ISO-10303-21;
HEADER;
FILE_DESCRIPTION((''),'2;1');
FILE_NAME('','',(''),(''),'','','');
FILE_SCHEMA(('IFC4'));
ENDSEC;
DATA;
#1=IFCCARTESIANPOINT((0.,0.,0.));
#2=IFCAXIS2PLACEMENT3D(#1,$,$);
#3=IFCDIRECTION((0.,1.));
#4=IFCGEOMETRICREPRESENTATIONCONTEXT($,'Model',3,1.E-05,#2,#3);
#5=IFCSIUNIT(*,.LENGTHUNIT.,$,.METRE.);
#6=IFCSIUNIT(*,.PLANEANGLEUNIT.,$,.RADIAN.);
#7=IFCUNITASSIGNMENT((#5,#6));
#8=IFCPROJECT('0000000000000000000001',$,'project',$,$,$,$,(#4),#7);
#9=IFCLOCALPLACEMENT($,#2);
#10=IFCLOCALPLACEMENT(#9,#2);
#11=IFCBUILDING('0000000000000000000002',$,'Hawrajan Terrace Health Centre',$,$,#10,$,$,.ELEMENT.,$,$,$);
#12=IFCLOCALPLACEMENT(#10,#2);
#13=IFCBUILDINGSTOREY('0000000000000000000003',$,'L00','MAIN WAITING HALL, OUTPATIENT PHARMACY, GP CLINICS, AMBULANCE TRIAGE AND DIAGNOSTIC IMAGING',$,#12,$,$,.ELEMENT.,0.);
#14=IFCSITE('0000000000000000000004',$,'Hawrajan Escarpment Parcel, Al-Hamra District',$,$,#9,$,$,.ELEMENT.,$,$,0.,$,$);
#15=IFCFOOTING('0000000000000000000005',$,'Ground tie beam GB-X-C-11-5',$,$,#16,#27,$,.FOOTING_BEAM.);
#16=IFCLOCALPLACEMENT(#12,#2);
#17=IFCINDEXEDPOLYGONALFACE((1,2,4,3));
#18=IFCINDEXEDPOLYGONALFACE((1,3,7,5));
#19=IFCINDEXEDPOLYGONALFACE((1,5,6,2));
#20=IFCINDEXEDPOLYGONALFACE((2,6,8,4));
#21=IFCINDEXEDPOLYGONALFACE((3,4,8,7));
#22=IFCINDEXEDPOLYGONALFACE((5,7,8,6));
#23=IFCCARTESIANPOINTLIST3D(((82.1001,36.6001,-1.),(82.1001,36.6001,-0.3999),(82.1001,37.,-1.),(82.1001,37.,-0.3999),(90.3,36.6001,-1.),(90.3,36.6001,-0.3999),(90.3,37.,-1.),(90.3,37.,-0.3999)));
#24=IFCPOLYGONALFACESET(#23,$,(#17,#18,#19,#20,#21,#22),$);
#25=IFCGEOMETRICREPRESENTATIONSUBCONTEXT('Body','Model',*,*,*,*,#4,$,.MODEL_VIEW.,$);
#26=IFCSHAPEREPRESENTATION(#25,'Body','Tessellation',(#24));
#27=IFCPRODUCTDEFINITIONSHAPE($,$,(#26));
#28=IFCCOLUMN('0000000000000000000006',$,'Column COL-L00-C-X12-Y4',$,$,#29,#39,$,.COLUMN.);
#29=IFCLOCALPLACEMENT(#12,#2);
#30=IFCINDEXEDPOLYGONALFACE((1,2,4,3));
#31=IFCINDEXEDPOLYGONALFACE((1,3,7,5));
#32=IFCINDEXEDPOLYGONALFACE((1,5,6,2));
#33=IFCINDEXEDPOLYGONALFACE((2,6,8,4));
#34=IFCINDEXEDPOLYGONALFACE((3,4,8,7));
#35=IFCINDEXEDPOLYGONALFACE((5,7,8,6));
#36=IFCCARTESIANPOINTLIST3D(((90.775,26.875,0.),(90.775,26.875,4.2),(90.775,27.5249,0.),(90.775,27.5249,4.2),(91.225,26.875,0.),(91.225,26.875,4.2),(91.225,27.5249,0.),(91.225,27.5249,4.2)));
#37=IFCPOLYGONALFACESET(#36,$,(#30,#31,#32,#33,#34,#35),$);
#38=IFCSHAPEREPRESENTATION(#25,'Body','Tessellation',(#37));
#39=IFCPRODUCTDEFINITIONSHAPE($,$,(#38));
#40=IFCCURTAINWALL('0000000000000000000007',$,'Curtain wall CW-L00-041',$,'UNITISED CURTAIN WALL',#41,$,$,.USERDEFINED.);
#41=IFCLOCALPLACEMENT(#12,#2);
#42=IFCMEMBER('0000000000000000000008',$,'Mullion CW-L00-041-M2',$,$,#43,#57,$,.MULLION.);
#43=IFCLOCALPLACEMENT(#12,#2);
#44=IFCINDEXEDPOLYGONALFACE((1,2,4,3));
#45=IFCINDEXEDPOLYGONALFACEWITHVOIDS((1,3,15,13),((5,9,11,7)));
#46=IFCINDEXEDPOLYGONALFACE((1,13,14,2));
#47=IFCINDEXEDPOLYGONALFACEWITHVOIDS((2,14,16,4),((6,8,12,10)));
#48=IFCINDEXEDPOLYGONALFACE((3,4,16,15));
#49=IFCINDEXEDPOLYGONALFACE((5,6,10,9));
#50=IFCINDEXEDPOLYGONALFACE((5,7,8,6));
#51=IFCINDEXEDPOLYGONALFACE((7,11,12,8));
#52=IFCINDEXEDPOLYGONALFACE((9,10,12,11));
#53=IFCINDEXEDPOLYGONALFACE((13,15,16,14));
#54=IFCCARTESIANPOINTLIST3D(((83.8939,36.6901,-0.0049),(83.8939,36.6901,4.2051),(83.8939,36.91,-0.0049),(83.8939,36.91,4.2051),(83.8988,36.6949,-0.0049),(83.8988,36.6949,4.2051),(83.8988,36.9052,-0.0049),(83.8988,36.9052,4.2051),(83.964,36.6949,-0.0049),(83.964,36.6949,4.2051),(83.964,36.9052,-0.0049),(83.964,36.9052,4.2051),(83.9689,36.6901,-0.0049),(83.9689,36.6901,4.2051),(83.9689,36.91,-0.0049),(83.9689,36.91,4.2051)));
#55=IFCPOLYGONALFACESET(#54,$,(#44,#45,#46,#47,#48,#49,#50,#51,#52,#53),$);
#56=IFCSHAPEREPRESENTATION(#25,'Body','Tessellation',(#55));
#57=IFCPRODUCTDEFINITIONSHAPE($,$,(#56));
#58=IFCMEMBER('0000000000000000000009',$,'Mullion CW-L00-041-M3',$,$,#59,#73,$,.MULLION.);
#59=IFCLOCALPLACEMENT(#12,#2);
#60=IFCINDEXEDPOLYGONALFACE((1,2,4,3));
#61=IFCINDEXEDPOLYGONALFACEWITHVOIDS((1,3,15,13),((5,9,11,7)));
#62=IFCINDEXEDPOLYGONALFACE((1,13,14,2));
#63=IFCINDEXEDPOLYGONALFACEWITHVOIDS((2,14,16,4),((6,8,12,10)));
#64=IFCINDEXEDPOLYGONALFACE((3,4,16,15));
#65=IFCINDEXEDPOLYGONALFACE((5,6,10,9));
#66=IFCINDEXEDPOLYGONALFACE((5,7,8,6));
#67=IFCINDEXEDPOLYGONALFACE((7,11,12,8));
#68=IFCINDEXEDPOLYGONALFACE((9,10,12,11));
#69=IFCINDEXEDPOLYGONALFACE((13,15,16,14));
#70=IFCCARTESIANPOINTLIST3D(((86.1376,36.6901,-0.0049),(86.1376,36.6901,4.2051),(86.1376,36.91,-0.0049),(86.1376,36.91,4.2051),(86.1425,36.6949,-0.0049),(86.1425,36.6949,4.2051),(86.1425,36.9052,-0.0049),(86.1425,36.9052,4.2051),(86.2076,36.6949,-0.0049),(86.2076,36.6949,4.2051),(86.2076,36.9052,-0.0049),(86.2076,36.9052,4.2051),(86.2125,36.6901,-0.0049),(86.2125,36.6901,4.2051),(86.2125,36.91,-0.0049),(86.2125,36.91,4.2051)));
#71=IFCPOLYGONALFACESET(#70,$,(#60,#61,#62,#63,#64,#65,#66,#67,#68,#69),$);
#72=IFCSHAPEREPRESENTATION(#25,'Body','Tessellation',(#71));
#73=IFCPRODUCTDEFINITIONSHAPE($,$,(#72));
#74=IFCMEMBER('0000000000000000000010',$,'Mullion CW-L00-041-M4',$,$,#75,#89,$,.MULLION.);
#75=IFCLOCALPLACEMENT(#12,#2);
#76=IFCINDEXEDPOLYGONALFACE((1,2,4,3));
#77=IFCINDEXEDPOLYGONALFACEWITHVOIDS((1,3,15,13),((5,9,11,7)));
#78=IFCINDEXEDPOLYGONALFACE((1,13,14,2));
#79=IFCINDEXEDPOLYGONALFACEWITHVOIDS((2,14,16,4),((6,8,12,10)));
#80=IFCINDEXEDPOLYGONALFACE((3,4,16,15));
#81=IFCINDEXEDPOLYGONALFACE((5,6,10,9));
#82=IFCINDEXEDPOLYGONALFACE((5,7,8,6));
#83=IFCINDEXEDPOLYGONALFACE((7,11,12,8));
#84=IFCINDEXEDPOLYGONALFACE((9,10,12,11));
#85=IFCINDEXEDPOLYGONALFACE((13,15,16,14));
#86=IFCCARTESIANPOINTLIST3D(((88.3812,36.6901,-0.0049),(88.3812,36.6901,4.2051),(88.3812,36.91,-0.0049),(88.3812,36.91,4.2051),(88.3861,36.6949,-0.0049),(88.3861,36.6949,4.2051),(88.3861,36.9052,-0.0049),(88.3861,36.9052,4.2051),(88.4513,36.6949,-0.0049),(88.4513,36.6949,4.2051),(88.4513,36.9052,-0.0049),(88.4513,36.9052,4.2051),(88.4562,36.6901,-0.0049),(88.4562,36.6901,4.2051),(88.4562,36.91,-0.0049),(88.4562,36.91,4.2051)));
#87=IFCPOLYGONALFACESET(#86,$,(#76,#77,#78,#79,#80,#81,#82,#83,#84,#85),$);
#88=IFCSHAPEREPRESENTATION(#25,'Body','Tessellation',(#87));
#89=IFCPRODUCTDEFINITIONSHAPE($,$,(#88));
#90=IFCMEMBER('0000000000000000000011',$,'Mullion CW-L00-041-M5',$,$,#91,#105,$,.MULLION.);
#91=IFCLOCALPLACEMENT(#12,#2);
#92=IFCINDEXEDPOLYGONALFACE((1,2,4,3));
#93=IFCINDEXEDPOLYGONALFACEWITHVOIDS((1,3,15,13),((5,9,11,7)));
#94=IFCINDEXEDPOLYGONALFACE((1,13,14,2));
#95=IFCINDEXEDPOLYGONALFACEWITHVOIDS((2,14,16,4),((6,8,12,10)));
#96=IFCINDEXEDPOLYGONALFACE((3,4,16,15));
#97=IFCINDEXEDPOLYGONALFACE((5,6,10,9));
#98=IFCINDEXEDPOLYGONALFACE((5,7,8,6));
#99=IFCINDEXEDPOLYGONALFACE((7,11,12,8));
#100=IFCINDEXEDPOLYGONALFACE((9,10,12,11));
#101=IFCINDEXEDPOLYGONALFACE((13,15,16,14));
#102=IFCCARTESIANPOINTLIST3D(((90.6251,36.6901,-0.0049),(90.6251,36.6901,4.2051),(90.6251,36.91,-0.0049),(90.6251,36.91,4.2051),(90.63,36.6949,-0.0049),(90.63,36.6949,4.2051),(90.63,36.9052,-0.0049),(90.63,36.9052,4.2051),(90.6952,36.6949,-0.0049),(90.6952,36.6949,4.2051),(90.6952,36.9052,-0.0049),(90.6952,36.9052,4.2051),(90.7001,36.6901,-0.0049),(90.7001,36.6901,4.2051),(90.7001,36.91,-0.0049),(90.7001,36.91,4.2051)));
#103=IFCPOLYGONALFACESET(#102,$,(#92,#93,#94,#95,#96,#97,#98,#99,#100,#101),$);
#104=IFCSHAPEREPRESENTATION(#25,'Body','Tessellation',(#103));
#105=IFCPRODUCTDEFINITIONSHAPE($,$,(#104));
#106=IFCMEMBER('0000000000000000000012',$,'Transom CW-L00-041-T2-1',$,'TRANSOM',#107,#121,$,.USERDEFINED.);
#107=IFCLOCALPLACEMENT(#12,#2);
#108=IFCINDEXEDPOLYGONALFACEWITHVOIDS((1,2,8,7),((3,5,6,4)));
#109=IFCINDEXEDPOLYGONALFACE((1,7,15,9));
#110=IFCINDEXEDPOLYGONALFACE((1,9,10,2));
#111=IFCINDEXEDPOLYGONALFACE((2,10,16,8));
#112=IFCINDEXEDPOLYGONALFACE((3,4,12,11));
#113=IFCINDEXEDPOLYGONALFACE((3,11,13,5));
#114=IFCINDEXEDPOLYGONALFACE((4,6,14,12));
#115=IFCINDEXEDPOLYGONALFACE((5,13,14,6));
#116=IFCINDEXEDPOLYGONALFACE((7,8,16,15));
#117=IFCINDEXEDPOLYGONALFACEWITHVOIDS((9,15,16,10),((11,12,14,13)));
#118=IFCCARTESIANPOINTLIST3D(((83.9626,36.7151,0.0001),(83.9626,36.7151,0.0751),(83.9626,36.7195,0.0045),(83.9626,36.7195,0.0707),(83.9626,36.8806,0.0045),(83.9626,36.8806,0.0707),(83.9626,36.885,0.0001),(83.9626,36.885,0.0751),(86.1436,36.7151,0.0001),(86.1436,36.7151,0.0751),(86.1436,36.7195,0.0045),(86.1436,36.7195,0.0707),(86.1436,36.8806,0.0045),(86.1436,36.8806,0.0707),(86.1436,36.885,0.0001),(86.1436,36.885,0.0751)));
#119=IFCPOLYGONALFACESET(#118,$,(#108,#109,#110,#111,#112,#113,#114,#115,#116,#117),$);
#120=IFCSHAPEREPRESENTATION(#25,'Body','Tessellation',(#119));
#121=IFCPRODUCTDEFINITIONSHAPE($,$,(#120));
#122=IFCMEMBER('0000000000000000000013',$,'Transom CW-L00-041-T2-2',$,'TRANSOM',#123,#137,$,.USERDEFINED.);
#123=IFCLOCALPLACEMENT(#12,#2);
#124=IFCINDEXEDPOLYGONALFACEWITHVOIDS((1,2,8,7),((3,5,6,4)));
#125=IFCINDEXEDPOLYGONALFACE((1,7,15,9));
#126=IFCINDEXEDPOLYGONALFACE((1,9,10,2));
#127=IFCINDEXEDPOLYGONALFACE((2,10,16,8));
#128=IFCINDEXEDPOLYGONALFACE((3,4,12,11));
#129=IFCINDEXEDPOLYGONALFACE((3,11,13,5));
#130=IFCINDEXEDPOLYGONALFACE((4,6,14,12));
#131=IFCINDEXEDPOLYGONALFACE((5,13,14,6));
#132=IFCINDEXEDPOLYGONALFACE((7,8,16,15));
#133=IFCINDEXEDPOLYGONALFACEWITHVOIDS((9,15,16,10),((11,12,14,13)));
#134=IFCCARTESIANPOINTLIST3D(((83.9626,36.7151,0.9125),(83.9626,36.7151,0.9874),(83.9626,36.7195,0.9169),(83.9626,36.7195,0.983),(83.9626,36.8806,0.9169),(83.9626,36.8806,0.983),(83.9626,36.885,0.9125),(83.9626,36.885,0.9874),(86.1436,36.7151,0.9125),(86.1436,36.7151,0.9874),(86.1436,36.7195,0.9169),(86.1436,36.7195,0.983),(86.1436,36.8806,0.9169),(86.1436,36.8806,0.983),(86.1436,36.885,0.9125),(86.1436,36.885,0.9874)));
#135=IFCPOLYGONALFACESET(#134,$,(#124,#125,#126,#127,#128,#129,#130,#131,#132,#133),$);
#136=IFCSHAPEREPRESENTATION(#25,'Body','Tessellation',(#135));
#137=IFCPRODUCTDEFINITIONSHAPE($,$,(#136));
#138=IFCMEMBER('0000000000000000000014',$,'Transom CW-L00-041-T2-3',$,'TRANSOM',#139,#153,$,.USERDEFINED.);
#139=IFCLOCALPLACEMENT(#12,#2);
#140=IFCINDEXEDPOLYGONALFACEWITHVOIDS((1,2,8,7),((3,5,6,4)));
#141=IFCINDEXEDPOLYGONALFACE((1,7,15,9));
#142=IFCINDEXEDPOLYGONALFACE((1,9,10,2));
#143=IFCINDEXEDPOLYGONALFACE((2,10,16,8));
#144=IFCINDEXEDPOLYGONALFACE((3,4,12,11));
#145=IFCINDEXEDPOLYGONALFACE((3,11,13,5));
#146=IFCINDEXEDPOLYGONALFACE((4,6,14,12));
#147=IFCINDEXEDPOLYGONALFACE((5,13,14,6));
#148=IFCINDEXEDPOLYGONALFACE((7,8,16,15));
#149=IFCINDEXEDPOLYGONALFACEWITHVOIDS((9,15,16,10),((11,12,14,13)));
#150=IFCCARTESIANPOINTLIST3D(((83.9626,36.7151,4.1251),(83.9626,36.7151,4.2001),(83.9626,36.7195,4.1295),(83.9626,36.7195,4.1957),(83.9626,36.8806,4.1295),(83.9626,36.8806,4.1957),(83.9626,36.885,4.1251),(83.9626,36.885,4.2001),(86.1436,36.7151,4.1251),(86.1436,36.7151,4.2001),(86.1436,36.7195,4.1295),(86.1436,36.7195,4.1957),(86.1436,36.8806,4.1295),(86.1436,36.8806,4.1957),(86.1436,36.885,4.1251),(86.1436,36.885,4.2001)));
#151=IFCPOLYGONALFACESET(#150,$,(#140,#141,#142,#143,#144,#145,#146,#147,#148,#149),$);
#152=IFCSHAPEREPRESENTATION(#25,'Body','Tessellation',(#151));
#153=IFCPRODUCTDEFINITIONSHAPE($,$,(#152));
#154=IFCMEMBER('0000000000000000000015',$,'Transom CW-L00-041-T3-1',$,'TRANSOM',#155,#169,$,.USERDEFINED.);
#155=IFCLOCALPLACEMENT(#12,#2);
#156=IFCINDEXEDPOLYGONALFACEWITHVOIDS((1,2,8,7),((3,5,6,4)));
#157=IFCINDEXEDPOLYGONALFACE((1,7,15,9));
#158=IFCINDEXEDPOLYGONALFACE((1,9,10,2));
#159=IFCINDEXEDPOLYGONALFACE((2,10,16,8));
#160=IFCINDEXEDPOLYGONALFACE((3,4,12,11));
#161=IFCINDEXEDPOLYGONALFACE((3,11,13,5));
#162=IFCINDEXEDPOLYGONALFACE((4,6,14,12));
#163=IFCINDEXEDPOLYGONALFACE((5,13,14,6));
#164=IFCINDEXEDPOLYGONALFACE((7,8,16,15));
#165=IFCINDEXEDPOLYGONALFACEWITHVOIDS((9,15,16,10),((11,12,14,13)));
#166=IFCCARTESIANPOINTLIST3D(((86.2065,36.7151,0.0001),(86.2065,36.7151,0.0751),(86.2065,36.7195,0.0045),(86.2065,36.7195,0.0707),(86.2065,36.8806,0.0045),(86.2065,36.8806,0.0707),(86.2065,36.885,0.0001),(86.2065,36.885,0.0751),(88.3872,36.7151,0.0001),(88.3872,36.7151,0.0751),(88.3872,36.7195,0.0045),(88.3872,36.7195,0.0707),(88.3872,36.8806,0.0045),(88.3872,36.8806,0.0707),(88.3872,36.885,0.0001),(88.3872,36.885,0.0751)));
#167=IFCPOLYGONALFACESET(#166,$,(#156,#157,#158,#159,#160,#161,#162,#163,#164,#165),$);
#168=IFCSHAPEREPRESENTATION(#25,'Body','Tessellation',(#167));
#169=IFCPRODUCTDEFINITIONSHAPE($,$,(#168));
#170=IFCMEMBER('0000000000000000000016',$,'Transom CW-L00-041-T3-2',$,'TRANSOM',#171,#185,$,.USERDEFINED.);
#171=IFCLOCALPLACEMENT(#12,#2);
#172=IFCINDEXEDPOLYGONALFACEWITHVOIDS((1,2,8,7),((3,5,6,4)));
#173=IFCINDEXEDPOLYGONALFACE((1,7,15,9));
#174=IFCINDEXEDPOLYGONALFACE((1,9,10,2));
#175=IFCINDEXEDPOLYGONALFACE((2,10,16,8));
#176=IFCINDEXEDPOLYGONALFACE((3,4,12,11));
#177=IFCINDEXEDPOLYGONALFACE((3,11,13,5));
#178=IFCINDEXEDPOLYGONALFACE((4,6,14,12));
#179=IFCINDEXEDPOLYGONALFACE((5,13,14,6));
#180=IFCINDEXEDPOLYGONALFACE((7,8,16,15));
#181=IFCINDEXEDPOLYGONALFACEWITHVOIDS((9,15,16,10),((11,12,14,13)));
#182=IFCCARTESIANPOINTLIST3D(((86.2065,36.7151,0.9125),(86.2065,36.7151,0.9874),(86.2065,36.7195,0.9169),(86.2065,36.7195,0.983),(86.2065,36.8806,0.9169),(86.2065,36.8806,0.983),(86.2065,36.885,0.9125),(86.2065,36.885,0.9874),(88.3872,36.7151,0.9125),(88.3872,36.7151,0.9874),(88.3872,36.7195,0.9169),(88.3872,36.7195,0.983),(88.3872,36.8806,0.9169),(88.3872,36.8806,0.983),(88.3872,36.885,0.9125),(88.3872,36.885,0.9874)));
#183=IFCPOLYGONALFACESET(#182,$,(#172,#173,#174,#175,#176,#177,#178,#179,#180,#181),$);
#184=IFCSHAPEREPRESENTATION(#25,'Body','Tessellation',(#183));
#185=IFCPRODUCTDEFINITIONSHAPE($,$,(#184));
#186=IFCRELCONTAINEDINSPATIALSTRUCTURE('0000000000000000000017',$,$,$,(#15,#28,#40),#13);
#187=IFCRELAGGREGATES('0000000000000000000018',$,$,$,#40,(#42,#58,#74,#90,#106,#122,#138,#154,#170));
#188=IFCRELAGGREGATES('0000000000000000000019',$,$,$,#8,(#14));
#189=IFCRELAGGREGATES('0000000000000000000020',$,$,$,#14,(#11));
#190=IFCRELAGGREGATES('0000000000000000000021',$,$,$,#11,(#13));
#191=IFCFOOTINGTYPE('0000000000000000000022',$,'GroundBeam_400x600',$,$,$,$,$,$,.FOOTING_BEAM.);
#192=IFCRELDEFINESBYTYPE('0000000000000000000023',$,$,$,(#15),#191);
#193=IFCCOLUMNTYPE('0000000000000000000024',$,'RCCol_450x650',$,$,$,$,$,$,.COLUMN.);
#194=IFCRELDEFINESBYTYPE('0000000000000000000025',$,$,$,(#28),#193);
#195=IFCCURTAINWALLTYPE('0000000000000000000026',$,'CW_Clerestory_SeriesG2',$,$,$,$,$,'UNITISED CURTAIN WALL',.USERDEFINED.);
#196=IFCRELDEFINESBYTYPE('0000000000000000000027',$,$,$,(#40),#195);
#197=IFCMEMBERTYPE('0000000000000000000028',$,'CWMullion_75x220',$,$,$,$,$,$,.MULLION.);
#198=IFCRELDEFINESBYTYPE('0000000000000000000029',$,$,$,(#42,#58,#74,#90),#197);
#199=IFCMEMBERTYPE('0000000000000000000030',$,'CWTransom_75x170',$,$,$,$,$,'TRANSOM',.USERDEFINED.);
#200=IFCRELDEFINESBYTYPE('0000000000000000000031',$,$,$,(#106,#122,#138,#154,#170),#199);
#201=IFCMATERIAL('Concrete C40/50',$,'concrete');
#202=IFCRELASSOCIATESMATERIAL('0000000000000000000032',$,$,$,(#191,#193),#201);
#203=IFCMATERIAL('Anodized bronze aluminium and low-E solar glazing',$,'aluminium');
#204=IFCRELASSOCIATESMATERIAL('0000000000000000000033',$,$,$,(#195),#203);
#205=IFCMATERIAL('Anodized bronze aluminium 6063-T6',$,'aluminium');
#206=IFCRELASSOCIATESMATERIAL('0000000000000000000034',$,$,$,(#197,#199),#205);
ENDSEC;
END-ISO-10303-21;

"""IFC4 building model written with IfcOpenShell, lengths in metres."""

from ifc_helpers import new_model, si_unit, direction, frame, origin, origin_2d, place, context, subcontext, project, spatial, rectangle, hollow_rectangle, extrude, material, material_profile, profile_set, type_object, element, aggregate, save


model = new_model("IFC4")

# Units and contexts
model_context = context("Model", 3, precision=1e-05, world=origin(), true_north=direction((0.0, 1.0)))
body_context = subcontext(model_context, "Body", "Model", "MODEL_VIEW")
ifc_project = project(units=[si_unit("LENGTHUNIT", "METRE"), si_unit("PLANEANGLEUNIT", "RADIAN")], contexts=[model_context])

# Site, building, storey
site_placement = place(None, origin())
site = spatial("IfcSite", under=ifc_project, at=site_placement, Name="Hawrajan Escarpment Parcel, Al-Hamra District", CompositionType="ELEMENT", RefElevation=0.0)
building_placement = place(site_placement, origin())
building = spatial("IfcBuilding", under=site, at=building_placement, Name="Hawrajan Terrace Health Centre", CompositionType="ELEMENT")
storey_placement = place(building_placement, origin())
storey = spatial("IfcBuildingStorey", under=building, at=storey_placement, Name="L00", Description="MAIN WAITING HALL, OUTPATIENT PHARMACY, GP CLINICS, AMBULANCE TRIAGE AND DIAGNOSTIC IMAGING", CompositionType="ELEMENT", Elevation=0.0)

# Footing
ifc_material_1 = material(Name="Concrete C40/50", Category="concrete")
ifc_material_profile_1 = material_profile(ifc_material_1, rectangle(XDim=0.3999, YDim=0.6001, at=origin_2d()), Name="RC BM 400x600")
ifc_profile_set_1 = profile_set([ifc_material_profile_1], Name="Concrete C40/50")
footing_type = type_object("IfcFootingType", Name="GroundBeam_400x600", PredefinedType="FOOTING_BEAM", material=ifc_profile_set_1)
footing_placement = place(storey_placement, frame((82.1001, 36.8, -0.7), z_axis=(1.0, 0.0, 0.0), x_axis=(0.0, 1.0, 0.0)))
element("IfcFooting", 1, at=footing_placement, inside=storey, type_object=footing_type, Name="Ground tie beam GB-X-C-11-5", PredefinedType="FOOTING_BEAM", context=body_context, shape_type="SweptSolid", body=[
    extrude(rectangle(XDim=0.3999, YDim=0.6001, at=origin_2d()), origin(), (0.0, 0.0, 1.0), 8.2),
])

# Column
ifc_material_profile_2 = material_profile(ifc_material_1, rectangle(XDim=0.45, YDim=0.6499, at=origin_2d()), Name="RC 450x650")
ifc_profile_set_2 = profile_set([ifc_material_profile_2], Name="Concrete C40/50")
column_type = type_object("IfcColumnType", Name="RCCol_450x650", PredefinedType="COLUMN", material=ifc_profile_set_2)
column_placement = place(storey_placement, frame((91.0, 27.2, 0.0), z_axis=(0.0, 0.0, 1.0), x_axis=(1.0, 0.0, 0.0)))
element("IfcColumn", 2, at=column_placement, inside=storey, type_object=column_type, Name="Column COL-L00-C-X12-Y4", PredefinedType="COLUMN", context=body_context, shape_type="SweptSolid", body=[
    extrude(rectangle(XDim=0.45, YDim=0.6499, at=origin_2d()), origin(), (0.0, 0.0, 1.0), 4.2),
])

# Curtain wall, members
ifc_material_2 = material(Name="Anodized bronze aluminium and low-E solar glazing", Category="aluminium")
curtain_wall_type = type_object("IfcCurtainWallType", Name="CW_Clerestory_SeriesG2", ElementType="UNITISED CURTAIN WALL", PredefinedType="USERDEFINED", material=ifc_material_2)
curtain_wall_placement = place(storey_placement, origin())
curtain_wall = element("IfcCurtainWall", 3, at=curtain_wall_placement, inside=storey, type_object=curtain_wall_type, Name="Curtain wall CW-L00-041", ObjectType="UNITISED CURTAIN WALL", PredefinedType="USERDEFINED")
ifc_material_3 = material(Name="Anodized bronze aluminium 6063-T6", Category="aluminium")
ifc_material_profile_3 = material_profile(ifc_material_3, hollow_rectangle(XDim=0.075, YDim=0.22, WallThickness=0.0049, at=origin_2d()), Name="CW MUL 75x220")
ifc_profile_set_3 = profile_set([ifc_material_profile_3], Name="Anodized bronze aluminium 6063-T6")
member_type_1 = type_object("IfcMemberType", Name="CWMullion_75x220", PredefinedType="MULLION", material=ifc_profile_set_3)
member_1_placement = place(storey_placement, frame((83.9314, 36.8, -0.0049), z_axis=(0.0, 0.0, 1.0), x_axis=(1.0, 0.0, 0.0)))
member_1 = element("IfcMember", 4, at=member_1_placement, type_object=member_type_1, Name="Mullion CW-L00-041-M2", PredefinedType="MULLION", context=body_context, shape_type="SweptSolid", body=[
    extrude(hollow_rectangle(XDim=0.075, YDim=0.22, WallThickness=0.0049, at=origin_2d()), origin(), (0.0, 0.0, 1.0), 4.21),
])
member_2_placement = place(storey_placement, frame((86.175, 36.8, -0.0049), z_axis=(0.0, 0.0, 1.0), x_axis=(1.0, 0.0, 0.0)))
member_2 = element("IfcMember", 5, at=member_2_placement, type_object=member_type_1, Name="Mullion CW-L00-041-M3", PredefinedType="MULLION", context=body_context, shape_type="SweptSolid", body=[
    extrude(hollow_rectangle(XDim=0.075, YDim=0.22, WallThickness=0.0049, at=origin_2d()), origin(), (0.0, 0.0, 1.0), 4.21),
])
member_3_placement = place(storey_placement, frame((88.4187, 36.8, -0.0049), z_axis=(0.0, 0.0, 1.0), x_axis=(1.0, 0.0, 0.0)))
member_3 = element("IfcMember", 6, at=member_3_placement, type_object=member_type_1, Name="Mullion CW-L00-041-M4", PredefinedType="MULLION", context=body_context, shape_type="SweptSolid", body=[
    extrude(hollow_rectangle(XDim=0.075, YDim=0.22, WallThickness=0.0049, at=origin_2d()), origin(), (0.0, 0.0, 1.0), 4.21),
])
member_4_placement = place(storey_placement, frame((90.6626, 36.8, -0.0049), z_axis=(0.0, 0.0, 1.0), x_axis=(1.0, 0.0, 0.0)))
member_4 = element("IfcMember", 7, at=member_4_placement, type_object=member_type_1, Name="Mullion CW-L00-041-M5", PredefinedType="MULLION", context=body_context, shape_type="SweptSolid", body=[
    extrude(hollow_rectangle(XDim=0.075, YDim=0.22, WallThickness=0.0049, at=origin_2d()), origin(), (0.0, 0.0, 1.0), 4.21),
])
ifc_material_profile_4 = material_profile(ifc_material_3, hollow_rectangle(XDim=0.075, YDim=0.1699, WallThickness=0.0044, at=origin_2d()), Name="CW TRN 75x170")
ifc_profile_set_4 = profile_set([ifc_material_profile_4], Name="Anodized bronze aluminium 6063-T6")
member_type_2 = type_object("IfcMemberType", Name="CWTransom_75x170", ElementType="TRANSOM", PredefinedType="USERDEFINED", material=ifc_profile_set_4)
member_5_placement = place(storey_placement, frame((83.9626, 36.8, 0.0376), z_axis=(1.0, 0.0, 0.0), x_axis=(0.0, 0.0, 1.0)))
member_5 = element("IfcMember", 8, at=member_5_placement, type_object=member_type_2, Name="Transom CW-L00-041-T2-1", ObjectType="TRANSOM", PredefinedType="USERDEFINED", context=body_context, shape_type="SweptSolid", body=[
    extrude(hollow_rectangle(XDim=0.075, YDim=0.1699, WallThickness=0.0044, at=origin_2d()), origin(), (0.0, 0.0, 1.0), 2.1809),
])
member_6_placement = place(storey_placement, frame((83.9626, 36.8, 0.95), z_axis=(1.0, 0.0, 0.0), x_axis=(0.0, 0.0, 1.0)))
member_6 = element("IfcMember", 9, at=member_6_placement, type_object=member_type_2, Name="Transom CW-L00-041-T2-2", ObjectType="TRANSOM", PredefinedType="USERDEFINED", context=body_context, shape_type="SweptSolid", body=[
    extrude(hollow_rectangle(XDim=0.075, YDim=0.1699, WallThickness=0.0044, at=origin_2d()), origin(), (0.0, 0.0, 1.0), 2.1809),
])
member_7_placement = place(storey_placement, frame((83.9626, 36.8, 4.1626), z_axis=(1.0, 0.0, 0.0), x_axis=(0.0, 0.0, 1.0)))
member_7 = element("IfcMember", 10, at=member_7_placement, type_object=member_type_2, Name="Transom CW-L00-041-T2-3", ObjectType="TRANSOM", PredefinedType="USERDEFINED", context=body_context, shape_type="SweptSolid", body=[
    extrude(hollow_rectangle(XDim=0.075, YDim=0.1699, WallThickness=0.0044, at=origin_2d()), origin(), (0.0, 0.0, 1.0), 2.1809),
])
member_8_placement = place(storey_placement, frame((86.2065, 36.8, 0.0376), z_axis=(1.0, 0.0, 0.0), x_axis=(0.0, 0.0, 1.0)))
member_8 = element("IfcMember", 11, at=member_8_placement, type_object=member_type_2, Name="Transom CW-L00-041-T3-1", ObjectType="TRANSOM", PredefinedType="USERDEFINED", context=body_context, shape_type="SweptSolid", body=[
    extrude(hollow_rectangle(XDim=0.075, YDim=0.1699, WallThickness=0.0044, at=origin_2d()), origin(), (0.0, 0.0, 1.0), 2.1807),
])
member_9_placement = place(storey_placement, frame((86.2065, 36.8, 0.95), z_axis=(1.0, 0.0, 0.0), x_axis=(0.0, 0.0, 1.0)))
member_9 = element("IfcMember", 12, at=member_9_placement, type_object=member_type_2, Name="Transom CW-L00-041-T3-2", ObjectType="TRANSOM", PredefinedType="USERDEFINED", context=body_context, shape_type="SweptSolid", body=[
    extrude(hollow_rectangle(XDim=0.075, YDim=0.1699, WallThickness=0.0044, at=origin_2d()), origin(), (0.0, 0.0, 1.0), 2.1807),
])
aggregate(curtain_wall, [member_1, member_2, member_3, member_4, member_5, member_6, member_7, member_8, member_9])

save(model, "model.ifc")
